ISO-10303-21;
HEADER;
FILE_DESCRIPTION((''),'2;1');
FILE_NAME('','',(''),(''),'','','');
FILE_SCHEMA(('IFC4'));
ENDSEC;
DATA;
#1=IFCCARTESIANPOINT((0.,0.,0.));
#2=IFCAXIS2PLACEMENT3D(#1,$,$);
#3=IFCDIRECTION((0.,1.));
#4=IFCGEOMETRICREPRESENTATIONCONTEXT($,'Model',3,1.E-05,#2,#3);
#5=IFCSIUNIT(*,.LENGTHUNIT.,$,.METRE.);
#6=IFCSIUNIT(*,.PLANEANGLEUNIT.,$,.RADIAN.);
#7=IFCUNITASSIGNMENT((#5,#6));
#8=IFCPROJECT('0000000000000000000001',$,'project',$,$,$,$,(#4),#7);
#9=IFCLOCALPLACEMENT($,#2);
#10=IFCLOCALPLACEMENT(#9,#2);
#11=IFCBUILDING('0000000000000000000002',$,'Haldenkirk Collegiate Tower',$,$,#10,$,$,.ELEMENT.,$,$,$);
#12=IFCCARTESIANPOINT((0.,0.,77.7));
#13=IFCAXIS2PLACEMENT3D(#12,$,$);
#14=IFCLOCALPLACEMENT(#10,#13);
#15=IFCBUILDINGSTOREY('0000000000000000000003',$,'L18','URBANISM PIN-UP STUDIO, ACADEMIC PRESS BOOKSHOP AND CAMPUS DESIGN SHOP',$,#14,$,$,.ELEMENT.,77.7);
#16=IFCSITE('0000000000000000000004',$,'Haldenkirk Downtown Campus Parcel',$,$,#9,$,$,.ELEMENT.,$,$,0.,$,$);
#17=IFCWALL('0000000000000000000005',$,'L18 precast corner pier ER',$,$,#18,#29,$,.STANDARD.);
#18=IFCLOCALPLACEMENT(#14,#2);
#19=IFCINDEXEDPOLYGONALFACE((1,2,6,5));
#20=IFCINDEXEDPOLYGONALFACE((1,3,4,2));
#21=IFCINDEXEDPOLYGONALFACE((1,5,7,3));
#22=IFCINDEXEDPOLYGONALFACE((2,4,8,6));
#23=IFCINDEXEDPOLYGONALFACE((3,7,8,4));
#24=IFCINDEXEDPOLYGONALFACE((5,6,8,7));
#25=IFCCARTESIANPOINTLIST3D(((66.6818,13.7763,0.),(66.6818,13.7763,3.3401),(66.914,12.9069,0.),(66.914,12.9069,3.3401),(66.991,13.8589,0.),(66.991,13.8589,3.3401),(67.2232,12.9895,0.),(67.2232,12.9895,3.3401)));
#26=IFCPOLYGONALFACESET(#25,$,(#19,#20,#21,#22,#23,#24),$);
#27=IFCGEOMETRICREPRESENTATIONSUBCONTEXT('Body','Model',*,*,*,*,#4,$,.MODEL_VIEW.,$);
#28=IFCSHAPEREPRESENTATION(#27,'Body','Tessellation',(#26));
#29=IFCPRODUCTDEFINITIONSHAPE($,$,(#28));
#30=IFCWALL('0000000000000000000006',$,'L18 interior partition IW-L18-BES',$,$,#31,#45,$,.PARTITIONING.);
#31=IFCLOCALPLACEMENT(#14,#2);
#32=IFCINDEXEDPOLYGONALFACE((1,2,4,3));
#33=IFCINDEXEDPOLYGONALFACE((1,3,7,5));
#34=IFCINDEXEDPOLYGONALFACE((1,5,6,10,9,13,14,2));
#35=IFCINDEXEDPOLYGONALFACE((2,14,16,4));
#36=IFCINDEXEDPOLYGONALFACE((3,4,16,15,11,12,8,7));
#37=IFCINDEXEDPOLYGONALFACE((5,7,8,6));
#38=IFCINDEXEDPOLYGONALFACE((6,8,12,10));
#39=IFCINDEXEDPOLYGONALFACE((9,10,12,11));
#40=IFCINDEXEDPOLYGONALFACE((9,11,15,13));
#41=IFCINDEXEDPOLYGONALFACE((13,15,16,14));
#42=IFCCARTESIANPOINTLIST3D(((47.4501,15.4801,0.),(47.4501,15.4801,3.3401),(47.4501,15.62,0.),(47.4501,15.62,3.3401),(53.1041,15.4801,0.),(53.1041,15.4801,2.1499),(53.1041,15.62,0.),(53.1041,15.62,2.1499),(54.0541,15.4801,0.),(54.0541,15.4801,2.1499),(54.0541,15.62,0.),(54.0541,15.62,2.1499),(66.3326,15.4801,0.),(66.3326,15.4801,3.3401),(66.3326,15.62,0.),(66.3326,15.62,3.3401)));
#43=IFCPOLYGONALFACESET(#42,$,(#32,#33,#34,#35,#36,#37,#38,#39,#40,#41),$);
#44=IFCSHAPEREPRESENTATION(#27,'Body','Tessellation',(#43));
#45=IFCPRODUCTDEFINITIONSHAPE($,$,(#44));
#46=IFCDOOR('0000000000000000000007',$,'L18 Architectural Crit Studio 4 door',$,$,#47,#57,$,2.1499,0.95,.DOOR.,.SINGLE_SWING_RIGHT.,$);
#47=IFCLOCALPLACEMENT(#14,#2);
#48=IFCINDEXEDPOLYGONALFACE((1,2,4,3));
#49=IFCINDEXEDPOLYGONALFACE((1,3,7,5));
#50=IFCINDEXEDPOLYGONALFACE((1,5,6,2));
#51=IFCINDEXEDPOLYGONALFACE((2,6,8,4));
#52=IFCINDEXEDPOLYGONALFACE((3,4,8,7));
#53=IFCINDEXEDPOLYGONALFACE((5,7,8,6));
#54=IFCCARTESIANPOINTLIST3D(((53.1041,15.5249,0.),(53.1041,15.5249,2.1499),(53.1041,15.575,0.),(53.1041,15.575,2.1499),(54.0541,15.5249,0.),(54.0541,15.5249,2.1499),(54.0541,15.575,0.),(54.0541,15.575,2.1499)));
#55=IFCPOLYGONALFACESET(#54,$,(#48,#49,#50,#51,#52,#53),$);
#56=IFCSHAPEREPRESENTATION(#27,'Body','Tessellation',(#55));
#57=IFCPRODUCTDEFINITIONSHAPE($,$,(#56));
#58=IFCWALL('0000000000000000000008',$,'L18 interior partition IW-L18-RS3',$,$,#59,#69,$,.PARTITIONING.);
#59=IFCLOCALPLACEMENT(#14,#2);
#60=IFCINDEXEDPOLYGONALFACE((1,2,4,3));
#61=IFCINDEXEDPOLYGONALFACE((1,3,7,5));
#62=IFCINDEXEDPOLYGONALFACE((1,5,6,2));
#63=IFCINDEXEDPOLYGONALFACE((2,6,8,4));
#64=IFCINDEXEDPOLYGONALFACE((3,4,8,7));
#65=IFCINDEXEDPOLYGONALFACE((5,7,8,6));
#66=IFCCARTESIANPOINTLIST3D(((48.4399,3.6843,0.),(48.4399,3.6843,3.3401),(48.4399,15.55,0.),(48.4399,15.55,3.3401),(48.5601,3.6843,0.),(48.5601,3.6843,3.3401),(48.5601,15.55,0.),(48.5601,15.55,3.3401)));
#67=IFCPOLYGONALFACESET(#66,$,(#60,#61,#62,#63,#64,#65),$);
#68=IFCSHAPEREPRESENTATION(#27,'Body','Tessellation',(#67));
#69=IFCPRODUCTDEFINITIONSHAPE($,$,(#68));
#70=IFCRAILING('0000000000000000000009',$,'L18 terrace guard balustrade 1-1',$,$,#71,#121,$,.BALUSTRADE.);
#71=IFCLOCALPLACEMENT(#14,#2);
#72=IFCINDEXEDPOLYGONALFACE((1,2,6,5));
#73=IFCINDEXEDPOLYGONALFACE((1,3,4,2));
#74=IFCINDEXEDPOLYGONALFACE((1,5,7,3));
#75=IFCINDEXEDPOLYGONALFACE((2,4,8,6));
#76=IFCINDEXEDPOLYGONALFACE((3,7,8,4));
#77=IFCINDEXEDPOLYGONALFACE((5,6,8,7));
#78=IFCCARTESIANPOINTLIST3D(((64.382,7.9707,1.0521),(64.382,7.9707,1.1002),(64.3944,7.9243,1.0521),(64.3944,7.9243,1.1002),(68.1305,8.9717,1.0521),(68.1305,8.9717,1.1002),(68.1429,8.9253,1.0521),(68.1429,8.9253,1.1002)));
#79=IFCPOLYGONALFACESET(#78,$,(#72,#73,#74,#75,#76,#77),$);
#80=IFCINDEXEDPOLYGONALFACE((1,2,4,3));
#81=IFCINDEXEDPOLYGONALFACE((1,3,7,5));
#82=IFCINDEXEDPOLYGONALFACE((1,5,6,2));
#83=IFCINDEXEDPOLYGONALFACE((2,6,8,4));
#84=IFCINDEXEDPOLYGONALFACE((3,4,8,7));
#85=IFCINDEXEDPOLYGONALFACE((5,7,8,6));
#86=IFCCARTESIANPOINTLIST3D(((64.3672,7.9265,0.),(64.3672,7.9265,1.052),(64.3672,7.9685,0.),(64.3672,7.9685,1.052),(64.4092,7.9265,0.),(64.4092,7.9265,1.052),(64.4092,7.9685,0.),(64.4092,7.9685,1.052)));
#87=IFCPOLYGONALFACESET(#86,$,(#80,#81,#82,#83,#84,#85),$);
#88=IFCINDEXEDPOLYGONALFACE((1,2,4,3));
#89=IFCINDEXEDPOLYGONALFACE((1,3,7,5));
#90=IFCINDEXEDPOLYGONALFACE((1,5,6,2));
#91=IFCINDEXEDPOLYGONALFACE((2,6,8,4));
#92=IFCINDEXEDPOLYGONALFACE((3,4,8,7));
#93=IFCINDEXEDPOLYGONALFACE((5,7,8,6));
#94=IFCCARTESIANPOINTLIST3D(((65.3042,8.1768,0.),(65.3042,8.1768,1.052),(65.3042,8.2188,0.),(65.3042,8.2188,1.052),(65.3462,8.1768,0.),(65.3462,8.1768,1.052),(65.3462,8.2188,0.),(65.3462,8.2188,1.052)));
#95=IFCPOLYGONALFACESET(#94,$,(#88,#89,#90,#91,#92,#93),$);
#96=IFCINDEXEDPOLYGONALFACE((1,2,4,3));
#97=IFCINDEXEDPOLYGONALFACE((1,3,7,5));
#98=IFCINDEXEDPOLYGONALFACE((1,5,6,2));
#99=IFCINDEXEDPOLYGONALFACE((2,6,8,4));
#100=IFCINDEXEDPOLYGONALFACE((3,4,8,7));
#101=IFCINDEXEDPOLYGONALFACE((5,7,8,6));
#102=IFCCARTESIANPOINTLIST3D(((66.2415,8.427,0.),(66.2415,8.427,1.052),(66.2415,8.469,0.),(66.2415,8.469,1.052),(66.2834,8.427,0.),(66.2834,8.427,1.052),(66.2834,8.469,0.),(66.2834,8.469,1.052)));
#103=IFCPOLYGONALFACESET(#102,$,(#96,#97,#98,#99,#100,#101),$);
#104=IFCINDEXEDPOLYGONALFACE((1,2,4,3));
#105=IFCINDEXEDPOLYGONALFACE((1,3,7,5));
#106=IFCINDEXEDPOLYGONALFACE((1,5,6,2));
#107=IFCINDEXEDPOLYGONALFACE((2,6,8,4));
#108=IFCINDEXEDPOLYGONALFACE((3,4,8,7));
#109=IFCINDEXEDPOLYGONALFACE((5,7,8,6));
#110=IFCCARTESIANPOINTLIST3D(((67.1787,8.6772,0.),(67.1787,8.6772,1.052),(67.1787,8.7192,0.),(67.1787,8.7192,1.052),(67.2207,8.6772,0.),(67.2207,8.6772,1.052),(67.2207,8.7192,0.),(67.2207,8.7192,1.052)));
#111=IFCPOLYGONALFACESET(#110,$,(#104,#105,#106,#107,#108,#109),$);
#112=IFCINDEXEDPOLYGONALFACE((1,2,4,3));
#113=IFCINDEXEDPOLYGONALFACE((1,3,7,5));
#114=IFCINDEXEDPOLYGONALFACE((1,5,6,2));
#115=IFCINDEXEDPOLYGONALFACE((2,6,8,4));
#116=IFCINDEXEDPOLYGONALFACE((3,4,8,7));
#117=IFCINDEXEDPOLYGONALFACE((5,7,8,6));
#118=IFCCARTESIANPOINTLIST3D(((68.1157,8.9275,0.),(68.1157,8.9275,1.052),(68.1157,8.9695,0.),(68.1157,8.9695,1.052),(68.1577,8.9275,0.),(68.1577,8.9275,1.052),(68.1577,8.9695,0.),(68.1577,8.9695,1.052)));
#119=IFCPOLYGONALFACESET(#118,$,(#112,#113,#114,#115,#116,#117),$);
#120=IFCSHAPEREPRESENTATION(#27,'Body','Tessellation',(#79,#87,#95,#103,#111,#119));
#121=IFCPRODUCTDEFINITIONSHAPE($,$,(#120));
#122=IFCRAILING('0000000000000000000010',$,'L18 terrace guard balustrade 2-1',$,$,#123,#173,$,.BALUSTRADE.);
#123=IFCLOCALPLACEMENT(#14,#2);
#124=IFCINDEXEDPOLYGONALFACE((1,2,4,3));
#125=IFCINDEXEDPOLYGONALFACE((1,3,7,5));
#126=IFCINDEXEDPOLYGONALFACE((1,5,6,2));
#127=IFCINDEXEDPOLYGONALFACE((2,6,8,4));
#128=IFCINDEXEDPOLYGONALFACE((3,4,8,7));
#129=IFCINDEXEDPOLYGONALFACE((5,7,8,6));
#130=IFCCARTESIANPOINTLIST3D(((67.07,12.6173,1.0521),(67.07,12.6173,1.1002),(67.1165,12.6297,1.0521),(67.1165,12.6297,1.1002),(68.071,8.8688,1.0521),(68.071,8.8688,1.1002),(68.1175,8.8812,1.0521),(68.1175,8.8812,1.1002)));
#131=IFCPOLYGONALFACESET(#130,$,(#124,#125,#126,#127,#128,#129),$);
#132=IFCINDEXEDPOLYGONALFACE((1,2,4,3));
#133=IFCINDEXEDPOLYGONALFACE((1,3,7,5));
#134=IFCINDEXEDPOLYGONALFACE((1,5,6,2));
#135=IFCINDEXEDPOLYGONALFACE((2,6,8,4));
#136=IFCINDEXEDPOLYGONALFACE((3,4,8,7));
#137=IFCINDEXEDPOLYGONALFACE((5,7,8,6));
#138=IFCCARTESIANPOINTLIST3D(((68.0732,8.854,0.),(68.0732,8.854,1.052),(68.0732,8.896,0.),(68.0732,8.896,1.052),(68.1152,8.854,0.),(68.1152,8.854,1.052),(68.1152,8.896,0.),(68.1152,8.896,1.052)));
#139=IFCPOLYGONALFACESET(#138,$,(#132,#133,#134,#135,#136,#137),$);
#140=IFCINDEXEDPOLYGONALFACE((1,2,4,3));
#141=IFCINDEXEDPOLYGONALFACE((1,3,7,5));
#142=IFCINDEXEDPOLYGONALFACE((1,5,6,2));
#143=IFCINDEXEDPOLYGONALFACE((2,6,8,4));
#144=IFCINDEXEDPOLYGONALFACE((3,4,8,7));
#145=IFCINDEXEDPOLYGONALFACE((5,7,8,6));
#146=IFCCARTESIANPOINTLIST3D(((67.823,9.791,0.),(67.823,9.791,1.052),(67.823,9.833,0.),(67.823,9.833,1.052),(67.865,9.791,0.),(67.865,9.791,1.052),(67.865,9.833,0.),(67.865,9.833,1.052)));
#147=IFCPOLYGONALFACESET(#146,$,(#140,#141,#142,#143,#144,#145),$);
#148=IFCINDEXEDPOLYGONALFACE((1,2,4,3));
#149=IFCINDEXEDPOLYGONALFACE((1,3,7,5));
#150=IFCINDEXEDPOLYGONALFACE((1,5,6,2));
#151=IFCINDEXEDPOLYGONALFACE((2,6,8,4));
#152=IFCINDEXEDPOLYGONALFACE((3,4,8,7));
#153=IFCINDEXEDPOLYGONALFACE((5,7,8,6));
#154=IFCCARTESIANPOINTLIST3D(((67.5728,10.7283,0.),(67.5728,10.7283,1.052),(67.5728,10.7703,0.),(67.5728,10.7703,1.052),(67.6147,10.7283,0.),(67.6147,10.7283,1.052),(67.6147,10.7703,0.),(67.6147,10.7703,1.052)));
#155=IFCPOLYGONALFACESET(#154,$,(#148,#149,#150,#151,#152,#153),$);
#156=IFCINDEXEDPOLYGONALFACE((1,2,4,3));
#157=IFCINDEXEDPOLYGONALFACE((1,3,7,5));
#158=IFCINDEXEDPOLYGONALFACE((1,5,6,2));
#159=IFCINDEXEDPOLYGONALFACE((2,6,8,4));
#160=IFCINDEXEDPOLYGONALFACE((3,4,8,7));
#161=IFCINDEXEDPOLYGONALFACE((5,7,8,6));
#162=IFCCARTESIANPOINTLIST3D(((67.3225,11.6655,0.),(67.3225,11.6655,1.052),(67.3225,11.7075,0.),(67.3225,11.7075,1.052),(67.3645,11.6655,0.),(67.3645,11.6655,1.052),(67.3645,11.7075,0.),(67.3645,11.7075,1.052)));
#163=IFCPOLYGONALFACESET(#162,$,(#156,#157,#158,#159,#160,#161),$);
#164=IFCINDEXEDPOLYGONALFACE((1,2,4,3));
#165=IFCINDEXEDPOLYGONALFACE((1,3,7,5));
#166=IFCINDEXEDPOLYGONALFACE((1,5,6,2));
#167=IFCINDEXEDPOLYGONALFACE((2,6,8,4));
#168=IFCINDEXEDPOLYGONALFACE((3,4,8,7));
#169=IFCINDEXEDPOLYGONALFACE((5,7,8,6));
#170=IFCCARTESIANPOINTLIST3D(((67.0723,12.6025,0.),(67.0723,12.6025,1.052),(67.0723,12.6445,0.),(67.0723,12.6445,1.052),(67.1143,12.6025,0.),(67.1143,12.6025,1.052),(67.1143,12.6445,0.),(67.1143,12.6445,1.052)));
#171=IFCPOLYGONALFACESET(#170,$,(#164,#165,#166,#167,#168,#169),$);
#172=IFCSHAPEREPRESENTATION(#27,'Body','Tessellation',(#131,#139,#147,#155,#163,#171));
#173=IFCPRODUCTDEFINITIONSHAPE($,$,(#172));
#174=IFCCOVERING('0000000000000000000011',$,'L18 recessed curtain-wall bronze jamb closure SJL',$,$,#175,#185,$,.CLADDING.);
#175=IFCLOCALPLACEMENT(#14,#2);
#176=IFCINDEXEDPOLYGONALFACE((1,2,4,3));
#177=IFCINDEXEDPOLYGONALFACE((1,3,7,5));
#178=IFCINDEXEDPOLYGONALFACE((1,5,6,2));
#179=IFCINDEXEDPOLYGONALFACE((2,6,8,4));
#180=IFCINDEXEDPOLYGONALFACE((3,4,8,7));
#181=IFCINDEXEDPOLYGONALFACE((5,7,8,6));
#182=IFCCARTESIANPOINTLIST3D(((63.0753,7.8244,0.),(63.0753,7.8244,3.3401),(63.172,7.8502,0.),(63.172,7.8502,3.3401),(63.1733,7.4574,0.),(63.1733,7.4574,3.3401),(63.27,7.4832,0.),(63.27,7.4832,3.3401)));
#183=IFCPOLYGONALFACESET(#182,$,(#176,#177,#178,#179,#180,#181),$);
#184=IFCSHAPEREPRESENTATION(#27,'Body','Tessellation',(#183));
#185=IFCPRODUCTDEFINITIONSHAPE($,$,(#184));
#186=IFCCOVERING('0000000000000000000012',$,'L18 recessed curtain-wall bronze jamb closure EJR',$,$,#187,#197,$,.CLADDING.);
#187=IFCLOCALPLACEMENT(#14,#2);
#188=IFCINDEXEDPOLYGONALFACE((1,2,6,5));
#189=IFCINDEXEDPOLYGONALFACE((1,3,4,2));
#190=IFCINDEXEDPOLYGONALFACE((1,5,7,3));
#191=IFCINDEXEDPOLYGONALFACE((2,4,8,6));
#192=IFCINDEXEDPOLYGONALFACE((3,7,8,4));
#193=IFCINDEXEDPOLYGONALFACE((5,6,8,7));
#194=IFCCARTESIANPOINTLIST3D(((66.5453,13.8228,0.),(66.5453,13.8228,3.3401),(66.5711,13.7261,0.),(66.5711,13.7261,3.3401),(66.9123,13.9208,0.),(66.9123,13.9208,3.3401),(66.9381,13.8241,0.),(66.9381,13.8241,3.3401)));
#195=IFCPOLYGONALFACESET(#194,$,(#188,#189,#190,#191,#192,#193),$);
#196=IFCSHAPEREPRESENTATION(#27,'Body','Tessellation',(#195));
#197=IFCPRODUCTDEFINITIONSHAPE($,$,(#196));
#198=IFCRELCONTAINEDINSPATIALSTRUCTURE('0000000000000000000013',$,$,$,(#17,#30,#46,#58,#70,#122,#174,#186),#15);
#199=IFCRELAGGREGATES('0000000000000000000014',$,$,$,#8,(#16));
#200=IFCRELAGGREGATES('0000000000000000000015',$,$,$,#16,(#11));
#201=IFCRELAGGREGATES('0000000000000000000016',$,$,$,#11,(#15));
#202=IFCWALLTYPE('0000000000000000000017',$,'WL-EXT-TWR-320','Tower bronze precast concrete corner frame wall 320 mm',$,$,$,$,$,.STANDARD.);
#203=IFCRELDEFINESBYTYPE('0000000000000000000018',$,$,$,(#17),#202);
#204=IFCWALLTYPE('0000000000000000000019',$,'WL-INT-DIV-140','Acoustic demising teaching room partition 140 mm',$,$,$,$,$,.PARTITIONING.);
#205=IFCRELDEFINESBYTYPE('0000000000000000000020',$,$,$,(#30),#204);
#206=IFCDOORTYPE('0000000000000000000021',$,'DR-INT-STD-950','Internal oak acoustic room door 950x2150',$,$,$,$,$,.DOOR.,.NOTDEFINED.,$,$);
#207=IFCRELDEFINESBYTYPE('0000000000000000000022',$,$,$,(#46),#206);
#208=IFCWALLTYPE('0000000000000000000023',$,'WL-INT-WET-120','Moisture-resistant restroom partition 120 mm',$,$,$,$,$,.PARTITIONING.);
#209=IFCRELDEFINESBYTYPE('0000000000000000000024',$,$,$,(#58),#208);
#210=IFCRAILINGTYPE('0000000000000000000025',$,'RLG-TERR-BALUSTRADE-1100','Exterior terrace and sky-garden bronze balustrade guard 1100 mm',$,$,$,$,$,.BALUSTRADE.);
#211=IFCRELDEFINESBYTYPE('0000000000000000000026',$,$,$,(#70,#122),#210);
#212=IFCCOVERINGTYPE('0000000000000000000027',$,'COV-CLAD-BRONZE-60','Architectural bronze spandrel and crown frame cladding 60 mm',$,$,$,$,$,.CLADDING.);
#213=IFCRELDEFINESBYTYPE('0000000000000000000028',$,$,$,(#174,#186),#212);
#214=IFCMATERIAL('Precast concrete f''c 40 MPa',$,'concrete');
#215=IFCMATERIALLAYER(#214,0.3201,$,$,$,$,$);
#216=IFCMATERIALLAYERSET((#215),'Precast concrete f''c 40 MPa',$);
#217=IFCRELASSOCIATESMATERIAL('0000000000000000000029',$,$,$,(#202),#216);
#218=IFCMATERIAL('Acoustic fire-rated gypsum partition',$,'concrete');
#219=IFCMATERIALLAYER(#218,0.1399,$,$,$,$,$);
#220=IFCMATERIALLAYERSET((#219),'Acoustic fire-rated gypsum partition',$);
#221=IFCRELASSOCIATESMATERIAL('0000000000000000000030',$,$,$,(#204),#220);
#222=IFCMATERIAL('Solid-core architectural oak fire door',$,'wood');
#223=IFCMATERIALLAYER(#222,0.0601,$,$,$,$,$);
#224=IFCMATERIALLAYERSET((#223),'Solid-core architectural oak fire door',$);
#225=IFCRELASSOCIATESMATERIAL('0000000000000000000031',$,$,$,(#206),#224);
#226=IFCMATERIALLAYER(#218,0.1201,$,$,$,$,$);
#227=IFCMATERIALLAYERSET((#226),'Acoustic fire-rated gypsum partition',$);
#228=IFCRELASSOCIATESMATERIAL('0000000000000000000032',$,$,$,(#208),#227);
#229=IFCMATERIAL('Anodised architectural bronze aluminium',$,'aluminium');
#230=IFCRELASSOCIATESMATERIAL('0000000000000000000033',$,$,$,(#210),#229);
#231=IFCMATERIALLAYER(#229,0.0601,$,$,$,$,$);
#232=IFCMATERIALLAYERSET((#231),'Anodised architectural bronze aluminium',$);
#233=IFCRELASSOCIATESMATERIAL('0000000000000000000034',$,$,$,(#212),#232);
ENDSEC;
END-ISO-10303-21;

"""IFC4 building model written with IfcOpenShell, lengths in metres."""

from ifc_helpers import new_model, si_unit, direction, frame, frame_2d, origin, origin_2d, place, context, subcontext, project, spatial, rectangle, extrude, source, transform, mapped, material, layer, layer_set, type_object, element, fill, save


model = new_model("IFC4")

# Units and contexts
model_context = context("Model", 3, precision=1e-05, world=origin(), true_north=direction((0.0, 1.0)))
body_context = subcontext(model_context, "Body", "Model", "MODEL_VIEW")
ifc_project = project(units=[si_unit("LENGTHUNIT", "METRE"), si_unit("PLANEANGLEUNIT", "RADIAN")], contexts=[model_context])

# Site, building, storey
site_placement = place(None, origin())
site = spatial("IfcSite", under=ifc_project, at=site_placement, Name="Haldenkirk Downtown Campus Parcel", CompositionType="ELEMENT", RefElevation=0.0)
building_placement = place(site_placement, origin())
building = spatial("IfcBuilding", under=site, at=building_placement, Name="Haldenkirk Collegiate Tower", CompositionType="ELEMENT")
storey_placement = place(building_placement, frame((0.0, 0.0, 77.7)))
storey = spatial("IfcBuildingStorey", under=building, at=storey_placement, Name="L18", Description="URBANISM PIN-UP STUDIO, ACADEMIC PRESS BOOKSHOP AND CAMPUS DESIGN SHOP", CompositionType="ELEMENT", Elevation=77.7)

# Shared definitions
ifc_material_1 = material(Name="Anodised architectural bronze aluminium", Category="aluminium")

# Shared definitions
ifc_material_2 = material(Name="Precast concrete f'c 40 MPa", Category="concrete")
ifc_layer_1 = layer(ifc_material_2, 0.3201)
ifc_layer_set_1 = layer_set([ifc_layer_1], Name="Precast concrete f'c 40 MPa")
wall_type_1 = type_object("IfcWallType", Name="WL-EXT-TWR-320", Description="Tower bronze precast concrete corner frame wall 320 mm", PredefinedType="STANDARD", material=ifc_layer_set_1)

# Wall
wall_1_placement = place(storey_placement, frame((66.8364, 13.8176, 0.0), z_axis=(0.0, 0.0, 1.0), x_axis=(0.258017, -0.96614, 0.0)))
element("IfcWall", 1, at=wall_1_placement, inside=storey, type_object=wall_type_1, Name="L18 precast corner pier ER", PredefinedType="STANDARD", context=body_context, shape_type="SweptSolid", body=[
    extrude(rectangle(XDim=0.8999, YDim=0.3201, at=frame_2d((0.45, 0.0))), origin(), (0.0, 0.0, 1.0), 3.3401),
])

# Wall, opening, door
ifc_material_3 = material(Name="Acoustic fire-rated gypsum partition", Category="concrete")
ifc_layer_2 = layer(ifc_material_3, 0.1399)
ifc_layer_set_2 = layer_set([ifc_layer_2], Name="Acoustic fire-rated gypsum partition")
wall_type_2 = type_object("IfcWallType", Name="WL-INT-DIV-140", Description="Acoustic demising teaching room partition 140 mm", PredefinedType="PARTITIONING", material=ifc_layer_set_2)
wall_2_placement = place(storey_placement, frame((47.45, 15.55, 0.0), z_axis=(0.0, 0.0, 1.0), x_axis=(1.0, 0.0, 0.0)))
wall_2 = element("IfcWall", 2, at=wall_2_placement, inside=storey, type_object=wall_type_2, Name="L18 interior partition IW-L18-BES", PredefinedType="PARTITIONING", context=body_context, shape_type="SweptSolid", body=[
    extrude(rectangle(XDim=18.8826, YDim=0.1399, at=frame_2d((9.4414, 0.0))), origin(), (0.0, 0.0, 1.0), 3.3401),
])
opening_1_placement = place(wall_2_placement, frame((5.6541, 0.0, 0.0)))
opening_1 = element("IfcOpeningElement", 3, at=opening_1_placement, cuts=wall_2, PredefinedType="OPENING", context=body_context, shape_type="SweptSolid", body=[
    extrude(rectangle(XDim=0.95, YDim=2.1499, at=frame_2d((0.4751, 1.075))), frame((0.0, 0.0798, 0.0), z_axis=(0.0, -1.0, 0.0), x_axis=(1.0, 0.0, 0.0)), (0.0, 0.0, 1.0), 0.1599),
])
ifc_material_4 = material(Name="Solid-core architectural oak fire door", Category="wood")
ifc_layer_3 = layer(ifc_material_4, 0.0601)
ifc_layer_set_3 = layer_set([ifc_layer_3], Name="Solid-core architectural oak fire door")
door_type_1 = type_object("IfcDoorType", Name="DR-INT-STD-950", Description="Internal oak acoustic room door 950x2150", OperationType="NOTDEFINED", PredefinedType="DOOR", material=ifc_layer_set_3)
door_1_placement = place(opening_1_placement, origin())
door_1 = element("IfcDoor", 4, at=door_1_placement, inside=storey, type_object=door_type_1, Name="L18 Architectural Crit Studio 4 door", OperationType="SINGLE_SWING_RIGHT", OverallHeight=2.1499, OverallWidth=0.95, PredefinedType="DOOR", context=body_context, shape_type="SweptSolid", body=[
    extrude(rectangle(XDim=0.95, YDim=2.1499, at=frame_2d((0.4751, 1.075))), frame((0.0, 0.0249, 0.0), z_axis=(0.0, -1.0, 0.0), x_axis=(1.0, 0.0, 0.0)), (0.0, 0.0, 1.0), 0.05),
])
fill(opening_1, door_1)

# Wall
ifc_layer_4 = layer(ifc_material_3, 0.1201)
ifc_layer_set_4 = layer_set([ifc_layer_4], Name="Acoustic fire-rated gypsum partition")
wall_type_3 = type_object("IfcWallType", Name="WL-INT-WET-120", Description="Moisture-resistant restroom partition 120 mm", PredefinedType="PARTITIONING", material=ifc_layer_set_4)
wall_3_placement = place(storey_placement, frame((48.5, 3.6843, 0.0), z_axis=(0.0, 0.0, 1.0), x_axis=(0.0, 1.0, 0.0)))
element("IfcWall", 5, at=wall_3_placement, inside=storey, type_object=wall_type_3, Name="L18 interior partition IW-L18-RS3", PredefinedType="PARTITIONING", context=body_context, shape_type="SweptSolid", body=[
    extrude(rectangle(XDim=11.8657, YDim=0.1201, at=frame_2d((5.9329, 0.0))), origin(), (0.0, 0.0, 1.0), 3.3401),
])

# Railings
railing_type = type_object("IfcRailingType", Name="RLG-TERR-BALUSTRADE-1100", Description="Exterior terrace and sky-garden bronze balustrade guard 1100 mm", PredefinedType="BALUSTRADE", material=ifc_material_1)
railing_1_placement = place(storey_placement, frame((64.3882, 7.9475, 0.0)))
element("IfcRailing", 6, at=railing_1_placement, inside=storey, type_object=railing_type, Name="L18 terrace guard balustrade 1-1", PredefinedType="BALUSTRADE", context=body_context, shape_type="SweptSolid", body=[
    extrude(rectangle(XDim=0.0481, YDim=0.0481, at=origin_2d()), frame((0.0, 0.0, 1.0762), z_axis=(0.966147, 0.257992, 0.0), x_axis=(-0.257992, 0.966147, 0.0)), (0.0, 0.0, 1.0), 3.8799),
    extrude(rectangle(XDim=0.042, YDim=0.042, at=origin_2d()), origin(), (0.0, 0.0, 1.0), 1.052),
    extrude(rectangle(XDim=0.042, YDim=0.042, at=origin_2d()), frame((0.937, 0.2502, 0.0)), (0.0, 0.0, 1.0), 1.052),
    extrude(rectangle(XDim=0.042, YDim=0.042, at=origin_2d()), frame((1.8743, 0.5005, 0.0)), (0.0, 0.0, 1.0), 1.052),
    extrude(rectangle(XDim=0.042, YDim=0.042, at=origin_2d()), frame((2.8115, 0.7507, 0.0)), (0.0, 0.0, 1.0), 1.052),
    extrude(rectangle(XDim=0.042, YDim=0.042, at=origin_2d()), frame((3.7485, 1.001, 0.0)), (0.0, 0.0, 1.0), 1.052),
])
railing_2_placement = place(storey_placement, frame((68.0942, 8.875, 0.0)))
element("IfcRailing", 7, at=railing_2_placement, inside=storey, type_object=railing_type, Name="L18 terrace guard balustrade 2-1", PredefinedType="BALUSTRADE", context=body_context, shape_type="SweptSolid", body=[
    extrude(rectangle(XDim=0.0481, YDim=0.0481, at=origin_2d()), frame((0.0, 0.0, 1.0762), z_axis=(-0.257992, 0.966147, 0.0), x_axis=(-0.966147, -0.257992, 0.0)), (0.0, 0.0, 1.0), 3.8799),
    extrude(rectangle(XDim=0.042, YDim=0.042, at=origin_2d()), origin(), (0.0, 0.0, 1.0), 1.052),
    extrude(rectangle(XDim=0.042, YDim=0.042, at=origin_2d()), frame((-0.2502, 0.937, 0.0)), (0.0, 0.0, 1.0), 1.052),
    extrude(rectangle(XDim=0.042, YDim=0.042, at=origin_2d()), frame((-0.5005, 1.8743, 0.0)), (0.0, 0.0, 1.0), 1.052),
    extrude(rectangle(XDim=0.042, YDim=0.042, at=origin_2d()), frame((-0.7507, 2.8115, 0.0)), (0.0, 0.0, 1.0), 1.052),
    extrude(rectangle(XDim=0.042, YDim=0.042, at=origin_2d()), frame((-1.001, 3.7485, 0.0)), (0.0, 0.0, 1.0), 1.052),
])

# Coverings
ifc_layer_5 = layer(ifc_material_1, 0.0601)
ifc_layer_set_5 = layer_set([ifc_layer_5], Name="Anodised architectural bronze aluminium")
covering_type = type_object("IfcCoveringType", Name="COV-CLAD-BRONZE-60", Description="Architectural bronze spandrel and crown frame cladding 60 mm", PredefinedType="CLADDING", material=ifc_layer_set_5)
shared_shape_1 = source(origin(), body_context, "Body", "SweptSolid", [
    extrude(rectangle(XDim=0.1001, YDim=0.3799, at=origin_2d()), origin(), (0.0, 0.0, 1.0), 3.3401),
])
for number, where, z_axis, x_axis, name in (
    (8, (63.1726, 7.6538, 0.0), (0.0, 0.0, 1.0), (-0.966151, -0.257976, 0.0), "L18 recessed curtain-wall bronze jamb closure SJL"),
    (9, (66.7417, 13.8235, 0.0), (0.0, 0.0, 1.0), (0.257976, -0.966151, 0.0), "L18 recessed curtain-wall bronze jamb closure EJR"),
):
    element("IfcCovering", number, at=place(storey_placement, frame(where, z_axis=z_axis, x_axis=x_axis)), inside=storey, type_object=covering_type, Name=name, PredefinedType="CLADDING", context=body_context, shape_type="MappedRepresentation", body=[
        mapped(shared_shape_1, transform((0.0, 0.0, 0.0), x_axis=(1.0, 0.0, 0.0), y_axis=(0.0, 1.0, 0.0), z_axis=(0.0, 0.0, 1.0), scale=1.0)),
    ])

save(model, "model.ifc")
